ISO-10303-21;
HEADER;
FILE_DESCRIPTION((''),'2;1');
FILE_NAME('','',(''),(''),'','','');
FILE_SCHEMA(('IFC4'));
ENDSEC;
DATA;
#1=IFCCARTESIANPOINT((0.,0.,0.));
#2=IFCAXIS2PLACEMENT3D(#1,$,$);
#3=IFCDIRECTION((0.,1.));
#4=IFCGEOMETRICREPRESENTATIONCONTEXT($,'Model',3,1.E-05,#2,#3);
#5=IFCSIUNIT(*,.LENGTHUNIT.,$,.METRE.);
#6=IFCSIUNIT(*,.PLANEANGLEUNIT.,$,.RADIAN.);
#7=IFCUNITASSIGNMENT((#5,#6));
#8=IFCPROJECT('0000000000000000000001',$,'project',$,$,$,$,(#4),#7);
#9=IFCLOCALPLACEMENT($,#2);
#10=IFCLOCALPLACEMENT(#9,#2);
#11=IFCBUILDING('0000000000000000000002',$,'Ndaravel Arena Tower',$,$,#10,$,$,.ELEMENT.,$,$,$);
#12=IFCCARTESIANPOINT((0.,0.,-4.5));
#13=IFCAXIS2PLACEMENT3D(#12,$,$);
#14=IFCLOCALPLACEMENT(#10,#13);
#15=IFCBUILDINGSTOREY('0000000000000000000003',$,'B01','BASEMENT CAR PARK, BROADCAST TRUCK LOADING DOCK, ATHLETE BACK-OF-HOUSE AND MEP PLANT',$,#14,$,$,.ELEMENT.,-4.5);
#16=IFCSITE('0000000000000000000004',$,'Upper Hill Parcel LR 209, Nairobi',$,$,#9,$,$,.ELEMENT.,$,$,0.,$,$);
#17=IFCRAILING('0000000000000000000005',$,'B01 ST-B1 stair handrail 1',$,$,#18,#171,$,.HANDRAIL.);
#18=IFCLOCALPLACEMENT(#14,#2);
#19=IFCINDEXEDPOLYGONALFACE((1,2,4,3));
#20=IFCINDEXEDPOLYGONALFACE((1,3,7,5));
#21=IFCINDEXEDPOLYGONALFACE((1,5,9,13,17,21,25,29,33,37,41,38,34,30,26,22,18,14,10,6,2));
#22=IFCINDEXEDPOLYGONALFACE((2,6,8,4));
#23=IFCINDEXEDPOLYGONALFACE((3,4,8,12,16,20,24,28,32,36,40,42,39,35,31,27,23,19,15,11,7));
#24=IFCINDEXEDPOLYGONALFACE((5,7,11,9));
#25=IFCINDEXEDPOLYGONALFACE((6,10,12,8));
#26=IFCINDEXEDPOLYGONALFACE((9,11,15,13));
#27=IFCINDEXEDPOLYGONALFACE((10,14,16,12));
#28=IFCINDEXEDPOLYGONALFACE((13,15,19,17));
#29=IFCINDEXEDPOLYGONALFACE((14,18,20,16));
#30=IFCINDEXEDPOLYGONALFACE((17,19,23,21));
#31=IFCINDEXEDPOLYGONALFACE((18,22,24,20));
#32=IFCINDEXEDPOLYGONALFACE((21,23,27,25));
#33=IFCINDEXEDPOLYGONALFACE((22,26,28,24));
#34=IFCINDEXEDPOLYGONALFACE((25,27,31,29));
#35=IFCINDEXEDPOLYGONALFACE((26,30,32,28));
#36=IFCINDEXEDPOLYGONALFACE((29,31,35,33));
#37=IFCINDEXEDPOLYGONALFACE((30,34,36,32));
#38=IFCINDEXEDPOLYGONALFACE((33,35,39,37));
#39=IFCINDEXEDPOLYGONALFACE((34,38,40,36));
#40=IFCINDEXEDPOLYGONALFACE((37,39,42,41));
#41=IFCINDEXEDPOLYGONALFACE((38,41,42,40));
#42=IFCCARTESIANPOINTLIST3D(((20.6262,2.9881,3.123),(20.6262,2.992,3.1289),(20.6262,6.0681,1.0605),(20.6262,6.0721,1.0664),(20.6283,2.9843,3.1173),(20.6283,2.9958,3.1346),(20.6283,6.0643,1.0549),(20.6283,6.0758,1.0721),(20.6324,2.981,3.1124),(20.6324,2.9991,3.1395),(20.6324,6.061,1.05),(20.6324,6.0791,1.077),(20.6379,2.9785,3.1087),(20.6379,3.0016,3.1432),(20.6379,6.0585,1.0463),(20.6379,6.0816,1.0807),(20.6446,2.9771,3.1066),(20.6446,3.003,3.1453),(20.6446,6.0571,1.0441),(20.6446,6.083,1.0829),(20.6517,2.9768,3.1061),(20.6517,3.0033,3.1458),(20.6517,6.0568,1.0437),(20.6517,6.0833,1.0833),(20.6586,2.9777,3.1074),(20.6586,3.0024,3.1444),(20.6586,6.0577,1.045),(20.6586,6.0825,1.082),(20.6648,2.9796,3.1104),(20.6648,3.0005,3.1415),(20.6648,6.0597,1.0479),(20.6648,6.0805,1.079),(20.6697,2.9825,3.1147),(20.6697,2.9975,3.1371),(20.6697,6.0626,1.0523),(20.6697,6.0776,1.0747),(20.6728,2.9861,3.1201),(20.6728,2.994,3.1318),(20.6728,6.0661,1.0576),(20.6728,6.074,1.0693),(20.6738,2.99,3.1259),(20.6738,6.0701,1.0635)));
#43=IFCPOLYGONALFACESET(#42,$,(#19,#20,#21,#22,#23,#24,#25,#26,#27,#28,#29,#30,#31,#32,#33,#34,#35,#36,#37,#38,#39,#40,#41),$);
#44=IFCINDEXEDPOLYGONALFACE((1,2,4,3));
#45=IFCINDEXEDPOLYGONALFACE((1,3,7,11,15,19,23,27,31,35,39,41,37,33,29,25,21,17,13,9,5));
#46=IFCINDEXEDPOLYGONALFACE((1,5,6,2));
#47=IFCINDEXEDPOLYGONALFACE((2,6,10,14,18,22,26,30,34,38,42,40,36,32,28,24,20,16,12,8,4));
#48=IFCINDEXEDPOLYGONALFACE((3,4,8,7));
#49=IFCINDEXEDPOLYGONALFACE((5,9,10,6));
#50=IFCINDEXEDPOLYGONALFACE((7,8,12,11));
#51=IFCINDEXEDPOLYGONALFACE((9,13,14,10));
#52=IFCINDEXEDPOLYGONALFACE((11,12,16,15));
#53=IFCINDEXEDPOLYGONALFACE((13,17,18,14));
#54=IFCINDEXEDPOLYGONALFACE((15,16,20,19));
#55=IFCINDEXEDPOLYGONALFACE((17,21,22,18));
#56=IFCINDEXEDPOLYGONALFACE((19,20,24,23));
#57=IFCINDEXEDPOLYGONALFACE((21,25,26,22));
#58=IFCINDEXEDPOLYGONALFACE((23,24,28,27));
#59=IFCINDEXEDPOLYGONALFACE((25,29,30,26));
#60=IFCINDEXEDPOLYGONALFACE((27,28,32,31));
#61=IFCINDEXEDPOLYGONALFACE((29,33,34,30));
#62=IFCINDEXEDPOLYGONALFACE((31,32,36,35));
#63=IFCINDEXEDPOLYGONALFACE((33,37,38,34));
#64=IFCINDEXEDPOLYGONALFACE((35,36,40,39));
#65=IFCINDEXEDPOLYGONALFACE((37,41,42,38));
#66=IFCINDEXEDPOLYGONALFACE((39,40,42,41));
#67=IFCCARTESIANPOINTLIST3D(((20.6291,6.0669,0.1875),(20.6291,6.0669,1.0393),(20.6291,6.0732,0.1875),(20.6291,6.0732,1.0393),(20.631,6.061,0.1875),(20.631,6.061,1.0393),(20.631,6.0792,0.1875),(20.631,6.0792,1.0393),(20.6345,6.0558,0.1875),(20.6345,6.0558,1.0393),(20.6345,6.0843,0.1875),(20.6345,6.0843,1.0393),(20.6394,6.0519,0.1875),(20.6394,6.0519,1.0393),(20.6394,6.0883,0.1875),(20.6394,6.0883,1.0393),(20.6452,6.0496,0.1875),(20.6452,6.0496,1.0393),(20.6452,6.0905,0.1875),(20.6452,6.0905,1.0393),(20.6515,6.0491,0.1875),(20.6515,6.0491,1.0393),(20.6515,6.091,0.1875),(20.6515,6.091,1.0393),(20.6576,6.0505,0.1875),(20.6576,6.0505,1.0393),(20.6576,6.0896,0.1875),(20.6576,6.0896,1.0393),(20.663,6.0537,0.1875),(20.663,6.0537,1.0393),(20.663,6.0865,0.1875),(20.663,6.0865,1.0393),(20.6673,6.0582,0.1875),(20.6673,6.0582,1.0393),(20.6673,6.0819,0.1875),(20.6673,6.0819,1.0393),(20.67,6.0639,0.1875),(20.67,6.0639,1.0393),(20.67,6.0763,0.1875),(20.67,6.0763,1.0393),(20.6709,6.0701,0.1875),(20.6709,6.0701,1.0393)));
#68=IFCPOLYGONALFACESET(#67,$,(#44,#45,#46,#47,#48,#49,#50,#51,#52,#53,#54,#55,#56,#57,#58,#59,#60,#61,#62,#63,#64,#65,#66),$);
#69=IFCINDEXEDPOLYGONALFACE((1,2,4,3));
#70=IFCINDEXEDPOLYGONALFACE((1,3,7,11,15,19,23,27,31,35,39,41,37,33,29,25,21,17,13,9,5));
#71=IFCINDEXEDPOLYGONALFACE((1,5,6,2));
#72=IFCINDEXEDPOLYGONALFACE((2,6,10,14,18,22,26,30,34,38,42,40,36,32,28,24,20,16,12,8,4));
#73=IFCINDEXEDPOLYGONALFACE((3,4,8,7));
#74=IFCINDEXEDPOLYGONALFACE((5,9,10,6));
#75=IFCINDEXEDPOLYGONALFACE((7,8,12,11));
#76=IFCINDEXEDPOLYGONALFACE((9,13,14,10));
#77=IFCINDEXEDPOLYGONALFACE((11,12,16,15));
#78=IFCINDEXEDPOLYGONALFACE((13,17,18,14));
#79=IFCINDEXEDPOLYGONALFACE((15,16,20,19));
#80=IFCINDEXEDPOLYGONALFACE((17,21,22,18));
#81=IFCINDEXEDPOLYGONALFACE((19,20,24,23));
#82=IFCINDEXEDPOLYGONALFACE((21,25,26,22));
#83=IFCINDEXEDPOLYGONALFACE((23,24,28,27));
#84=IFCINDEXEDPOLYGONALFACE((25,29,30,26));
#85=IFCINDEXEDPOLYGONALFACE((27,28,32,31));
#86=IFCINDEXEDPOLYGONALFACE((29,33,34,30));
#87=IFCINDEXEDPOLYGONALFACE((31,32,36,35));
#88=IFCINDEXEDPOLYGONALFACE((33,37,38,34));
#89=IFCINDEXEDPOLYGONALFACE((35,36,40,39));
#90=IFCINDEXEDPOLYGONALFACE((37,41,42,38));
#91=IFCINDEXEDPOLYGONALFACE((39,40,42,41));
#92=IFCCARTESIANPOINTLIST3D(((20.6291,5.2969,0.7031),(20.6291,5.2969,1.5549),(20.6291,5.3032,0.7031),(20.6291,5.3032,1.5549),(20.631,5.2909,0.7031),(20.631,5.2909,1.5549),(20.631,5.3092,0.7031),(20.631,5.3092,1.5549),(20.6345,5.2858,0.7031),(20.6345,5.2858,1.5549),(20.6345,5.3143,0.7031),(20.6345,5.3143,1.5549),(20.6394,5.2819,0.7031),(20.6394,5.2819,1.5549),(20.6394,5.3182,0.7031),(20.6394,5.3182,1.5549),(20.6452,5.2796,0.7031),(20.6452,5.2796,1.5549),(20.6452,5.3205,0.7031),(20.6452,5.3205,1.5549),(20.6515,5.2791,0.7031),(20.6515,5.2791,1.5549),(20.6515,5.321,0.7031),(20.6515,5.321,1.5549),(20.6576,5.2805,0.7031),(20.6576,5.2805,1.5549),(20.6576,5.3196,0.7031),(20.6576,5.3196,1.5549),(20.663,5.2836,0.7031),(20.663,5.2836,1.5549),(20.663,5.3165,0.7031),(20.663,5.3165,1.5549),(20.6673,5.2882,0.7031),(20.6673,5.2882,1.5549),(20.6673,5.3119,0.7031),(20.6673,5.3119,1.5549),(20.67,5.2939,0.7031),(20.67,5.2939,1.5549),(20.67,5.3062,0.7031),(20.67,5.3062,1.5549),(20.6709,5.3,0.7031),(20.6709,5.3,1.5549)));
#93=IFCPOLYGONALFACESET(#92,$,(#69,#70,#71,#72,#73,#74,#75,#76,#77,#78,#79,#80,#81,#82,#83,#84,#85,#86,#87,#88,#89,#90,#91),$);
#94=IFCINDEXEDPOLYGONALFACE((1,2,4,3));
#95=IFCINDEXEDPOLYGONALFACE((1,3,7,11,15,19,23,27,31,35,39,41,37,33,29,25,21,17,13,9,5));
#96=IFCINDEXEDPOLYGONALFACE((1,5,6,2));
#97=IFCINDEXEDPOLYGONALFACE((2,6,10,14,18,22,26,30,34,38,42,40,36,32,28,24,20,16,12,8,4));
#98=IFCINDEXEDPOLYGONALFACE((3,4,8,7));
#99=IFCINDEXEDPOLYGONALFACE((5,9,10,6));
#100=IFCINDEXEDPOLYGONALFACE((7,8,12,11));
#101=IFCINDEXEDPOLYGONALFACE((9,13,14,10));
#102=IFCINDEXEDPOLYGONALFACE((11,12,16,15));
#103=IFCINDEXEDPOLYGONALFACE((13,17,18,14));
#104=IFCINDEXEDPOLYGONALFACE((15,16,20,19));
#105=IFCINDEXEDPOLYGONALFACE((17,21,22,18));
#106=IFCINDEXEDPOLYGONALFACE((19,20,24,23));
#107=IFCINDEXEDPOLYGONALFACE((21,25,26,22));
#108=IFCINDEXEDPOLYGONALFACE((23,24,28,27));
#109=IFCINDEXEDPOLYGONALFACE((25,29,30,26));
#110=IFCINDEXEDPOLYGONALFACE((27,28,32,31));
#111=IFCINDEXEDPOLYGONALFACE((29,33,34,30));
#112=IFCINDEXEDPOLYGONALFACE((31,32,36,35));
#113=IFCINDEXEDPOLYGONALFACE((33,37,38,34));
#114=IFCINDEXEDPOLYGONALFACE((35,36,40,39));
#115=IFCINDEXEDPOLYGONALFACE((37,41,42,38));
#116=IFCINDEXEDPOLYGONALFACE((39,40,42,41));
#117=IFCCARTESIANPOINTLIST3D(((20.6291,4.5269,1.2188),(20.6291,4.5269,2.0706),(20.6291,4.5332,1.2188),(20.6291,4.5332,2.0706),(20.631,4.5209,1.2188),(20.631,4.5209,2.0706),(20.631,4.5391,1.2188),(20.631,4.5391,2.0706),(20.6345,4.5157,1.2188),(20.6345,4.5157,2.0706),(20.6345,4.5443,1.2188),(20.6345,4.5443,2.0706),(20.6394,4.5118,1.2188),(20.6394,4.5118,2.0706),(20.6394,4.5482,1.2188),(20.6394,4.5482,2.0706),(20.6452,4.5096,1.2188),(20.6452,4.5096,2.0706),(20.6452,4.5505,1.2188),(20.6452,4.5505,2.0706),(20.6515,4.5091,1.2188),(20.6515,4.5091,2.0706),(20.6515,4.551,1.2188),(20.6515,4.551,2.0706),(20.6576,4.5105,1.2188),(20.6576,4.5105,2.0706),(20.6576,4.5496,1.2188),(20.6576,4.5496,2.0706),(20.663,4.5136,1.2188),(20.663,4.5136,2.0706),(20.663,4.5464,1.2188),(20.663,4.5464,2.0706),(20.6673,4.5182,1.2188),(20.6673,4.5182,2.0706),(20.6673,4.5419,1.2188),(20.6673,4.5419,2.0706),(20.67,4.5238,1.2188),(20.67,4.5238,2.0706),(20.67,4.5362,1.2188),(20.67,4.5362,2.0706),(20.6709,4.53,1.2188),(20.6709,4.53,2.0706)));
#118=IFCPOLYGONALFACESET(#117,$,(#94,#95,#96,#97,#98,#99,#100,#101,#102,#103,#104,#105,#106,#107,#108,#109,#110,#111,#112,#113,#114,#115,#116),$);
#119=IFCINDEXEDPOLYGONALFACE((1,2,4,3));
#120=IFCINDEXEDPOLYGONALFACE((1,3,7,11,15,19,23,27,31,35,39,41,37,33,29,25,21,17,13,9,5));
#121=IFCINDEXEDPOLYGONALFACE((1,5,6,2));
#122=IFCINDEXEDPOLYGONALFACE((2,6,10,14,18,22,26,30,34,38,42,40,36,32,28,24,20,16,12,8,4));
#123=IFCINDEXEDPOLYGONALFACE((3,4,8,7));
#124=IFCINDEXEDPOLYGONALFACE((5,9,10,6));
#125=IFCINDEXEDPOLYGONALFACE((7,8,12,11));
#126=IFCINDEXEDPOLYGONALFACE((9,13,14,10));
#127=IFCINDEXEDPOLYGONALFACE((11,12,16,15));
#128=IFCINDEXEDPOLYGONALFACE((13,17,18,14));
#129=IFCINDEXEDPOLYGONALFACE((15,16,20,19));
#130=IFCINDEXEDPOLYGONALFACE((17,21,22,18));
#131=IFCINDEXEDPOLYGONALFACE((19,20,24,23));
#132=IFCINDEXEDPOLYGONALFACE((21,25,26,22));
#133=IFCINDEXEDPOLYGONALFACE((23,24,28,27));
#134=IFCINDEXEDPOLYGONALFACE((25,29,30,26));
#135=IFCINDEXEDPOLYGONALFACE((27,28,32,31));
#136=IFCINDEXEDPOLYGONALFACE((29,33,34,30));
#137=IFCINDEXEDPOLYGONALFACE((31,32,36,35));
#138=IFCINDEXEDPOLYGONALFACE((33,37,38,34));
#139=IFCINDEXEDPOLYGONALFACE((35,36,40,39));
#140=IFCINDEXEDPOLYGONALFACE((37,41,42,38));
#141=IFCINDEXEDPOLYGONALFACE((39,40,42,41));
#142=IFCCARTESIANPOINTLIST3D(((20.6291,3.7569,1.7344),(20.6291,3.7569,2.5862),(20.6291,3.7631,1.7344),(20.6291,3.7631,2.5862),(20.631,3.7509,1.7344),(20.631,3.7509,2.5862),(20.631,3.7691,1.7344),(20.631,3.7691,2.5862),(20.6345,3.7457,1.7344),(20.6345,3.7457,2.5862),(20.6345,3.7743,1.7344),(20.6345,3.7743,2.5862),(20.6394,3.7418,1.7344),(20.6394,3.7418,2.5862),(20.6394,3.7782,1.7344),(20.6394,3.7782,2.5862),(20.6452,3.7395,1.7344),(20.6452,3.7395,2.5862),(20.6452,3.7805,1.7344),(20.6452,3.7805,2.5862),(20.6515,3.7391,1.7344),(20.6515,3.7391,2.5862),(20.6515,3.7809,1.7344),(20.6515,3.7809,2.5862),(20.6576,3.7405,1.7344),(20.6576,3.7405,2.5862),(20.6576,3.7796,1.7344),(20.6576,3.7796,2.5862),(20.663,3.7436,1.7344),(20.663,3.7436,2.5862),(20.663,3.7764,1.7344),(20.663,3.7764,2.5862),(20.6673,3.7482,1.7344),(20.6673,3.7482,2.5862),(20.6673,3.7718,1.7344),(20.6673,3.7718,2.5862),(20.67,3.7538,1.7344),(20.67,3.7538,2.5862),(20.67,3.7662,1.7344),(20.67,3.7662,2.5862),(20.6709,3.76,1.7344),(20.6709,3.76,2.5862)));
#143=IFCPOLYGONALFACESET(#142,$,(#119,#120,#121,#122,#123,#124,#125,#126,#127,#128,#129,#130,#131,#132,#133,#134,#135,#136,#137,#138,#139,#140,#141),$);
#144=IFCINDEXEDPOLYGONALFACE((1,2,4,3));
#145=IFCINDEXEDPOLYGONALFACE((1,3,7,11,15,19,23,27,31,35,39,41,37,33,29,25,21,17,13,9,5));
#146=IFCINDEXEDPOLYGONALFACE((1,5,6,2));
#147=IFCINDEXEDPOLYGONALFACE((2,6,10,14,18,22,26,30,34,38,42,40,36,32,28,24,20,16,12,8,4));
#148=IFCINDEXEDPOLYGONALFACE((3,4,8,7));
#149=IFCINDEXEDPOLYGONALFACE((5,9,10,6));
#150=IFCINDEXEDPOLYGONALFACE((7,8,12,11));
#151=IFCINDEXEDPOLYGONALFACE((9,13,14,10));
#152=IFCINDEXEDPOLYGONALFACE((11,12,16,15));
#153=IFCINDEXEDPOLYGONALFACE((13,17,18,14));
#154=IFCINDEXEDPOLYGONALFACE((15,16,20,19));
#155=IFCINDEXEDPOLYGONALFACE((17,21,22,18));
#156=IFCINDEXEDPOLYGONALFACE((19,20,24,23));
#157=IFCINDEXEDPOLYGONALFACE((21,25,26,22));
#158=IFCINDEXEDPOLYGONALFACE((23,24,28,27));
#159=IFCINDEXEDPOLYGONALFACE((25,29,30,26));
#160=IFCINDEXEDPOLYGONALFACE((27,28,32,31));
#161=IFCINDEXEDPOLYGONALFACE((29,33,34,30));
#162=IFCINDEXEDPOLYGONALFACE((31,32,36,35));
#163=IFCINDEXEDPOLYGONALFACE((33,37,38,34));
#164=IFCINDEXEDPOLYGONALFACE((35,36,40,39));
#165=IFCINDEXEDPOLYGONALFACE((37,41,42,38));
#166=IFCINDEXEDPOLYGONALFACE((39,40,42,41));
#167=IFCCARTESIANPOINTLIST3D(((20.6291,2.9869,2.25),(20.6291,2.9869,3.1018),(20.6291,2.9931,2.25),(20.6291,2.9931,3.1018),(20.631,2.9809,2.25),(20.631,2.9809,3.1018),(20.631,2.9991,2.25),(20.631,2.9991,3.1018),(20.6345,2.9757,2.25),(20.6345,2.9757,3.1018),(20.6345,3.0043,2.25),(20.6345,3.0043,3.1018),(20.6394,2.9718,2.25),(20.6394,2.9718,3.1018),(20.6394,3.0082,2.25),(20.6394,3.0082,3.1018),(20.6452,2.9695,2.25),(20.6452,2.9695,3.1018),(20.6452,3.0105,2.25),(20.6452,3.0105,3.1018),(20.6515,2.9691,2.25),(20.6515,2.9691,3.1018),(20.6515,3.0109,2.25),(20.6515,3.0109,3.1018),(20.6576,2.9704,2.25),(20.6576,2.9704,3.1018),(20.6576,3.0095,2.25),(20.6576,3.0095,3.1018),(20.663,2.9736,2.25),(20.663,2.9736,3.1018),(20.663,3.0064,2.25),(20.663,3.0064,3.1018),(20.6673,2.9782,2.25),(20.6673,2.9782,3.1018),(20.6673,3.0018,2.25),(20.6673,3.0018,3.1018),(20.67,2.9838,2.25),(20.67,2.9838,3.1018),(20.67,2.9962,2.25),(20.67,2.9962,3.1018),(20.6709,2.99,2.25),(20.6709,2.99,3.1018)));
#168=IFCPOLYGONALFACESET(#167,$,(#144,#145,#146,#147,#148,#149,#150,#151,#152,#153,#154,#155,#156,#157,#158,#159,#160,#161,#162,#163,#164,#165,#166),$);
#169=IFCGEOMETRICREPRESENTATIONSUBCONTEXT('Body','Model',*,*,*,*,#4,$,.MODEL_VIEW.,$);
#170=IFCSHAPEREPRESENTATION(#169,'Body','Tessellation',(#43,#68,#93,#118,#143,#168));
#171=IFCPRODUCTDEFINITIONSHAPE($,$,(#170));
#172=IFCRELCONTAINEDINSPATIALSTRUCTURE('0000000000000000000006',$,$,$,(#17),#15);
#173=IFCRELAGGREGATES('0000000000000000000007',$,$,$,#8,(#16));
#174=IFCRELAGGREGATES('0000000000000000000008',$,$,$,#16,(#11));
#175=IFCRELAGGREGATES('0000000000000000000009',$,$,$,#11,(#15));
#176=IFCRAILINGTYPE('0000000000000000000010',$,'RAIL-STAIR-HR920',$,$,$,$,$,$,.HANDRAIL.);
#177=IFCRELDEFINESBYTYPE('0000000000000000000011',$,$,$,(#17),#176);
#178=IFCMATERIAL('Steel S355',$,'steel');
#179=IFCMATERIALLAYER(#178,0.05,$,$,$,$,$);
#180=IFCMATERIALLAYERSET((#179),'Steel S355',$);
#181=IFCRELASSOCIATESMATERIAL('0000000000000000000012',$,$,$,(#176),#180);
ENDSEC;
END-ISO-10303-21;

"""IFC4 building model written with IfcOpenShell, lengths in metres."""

from ifc_helpers import new_model, si_unit, direction, frame, origin, origin_2d, place, context, subcontext, project, spatial, circle, extrude, material, layer, layer_set, type_object, element, save


model = new_model("IFC4")

# Units and contexts
model_context = context("Model", 3, precision=1e-05, world=origin(), true_north=direction((0.0, 1.0)))
body_context = subcontext(model_context, "Body", "Model", "MODEL_VIEW")
ifc_project = project(units=[si_unit("LENGTHUNIT", "METRE"), si_unit("PLANEANGLEUNIT", "RADIAN")], contexts=[model_context])

# Site, building, storey
site_placement = place(None, origin())
site = spatial("IfcSite", under=ifc_project, at=site_placement, Name="Upper Hill Parcel LR 209, Nairobi", CompositionType="ELEMENT", RefElevation=0.0)
building_placement = place(site_placement, origin())
building = spatial("IfcBuilding", under=site, at=building_placement, Name="Ndaravel Arena Tower", CompositionType="ELEMENT")
storey_placement = place(building_placement, frame((0.0, 0.0, -4.5)))
storey = spatial("IfcBuildingStorey", under=building, at=storey_placement, Name="B01", Description="BASEMENT CAR PARK, BROADCAST TRUCK LOADING DOCK, ATHLETE BACK-OF-HOUSE AND MEP PLANT", CompositionType="ELEMENT", Elevation=-4.5)

# Railing
ifc_material_1 = material(Name="Steel S355", Category="steel")
ifc_layer_1 = layer(ifc_material_1, 0.05)
ifc_layer_set_1 = layer_set([ifc_layer_1], Name="Steel S355")
railing_type_1 = type_object("IfcRailingType", Name="RAIL-STAIR-HR920", PredefinedType="HANDRAIL", material=ifc_layer_set_1)
railing_1_placement = place(storey_placement, frame((20.6499, 6.0701, 0.1875)))
element("IfcRailing", 1, at=railing_1_placement, inside=storey, type_object=railing_type_1, Name="B01 ST-B1 stair handrail 1", PredefinedType="HANDRAIL", context=body_context, shape_type="SweptSolid", body=[
    extrude(circle(Radius=0.0239, at=origin_2d()), frame((0.0, 0.0, 0.876), z_axis=(0.0, -0.830914, 0.556401), x_axis=(1.0, 0.0, 0.0)), (0.0, 0.0, 1.0), 3.7068),
    extrude(circle(Radius=0.021, at=origin_2d()), origin(), (0.0, 0.0, 1.0), 0.8518),
    extrude(circle(Radius=0.021, at=origin_2d()), frame((0.0, -0.77, 0.5156)), (0.0, 0.0, 1.0), 0.8518),
    extrude(circle(Radius=0.021, at=origin_2d()), frame((0.0, -1.54, 1.0312)), (0.0, 0.0, 1.0), 0.8518),
    extrude(circle(Radius=0.021, at=origin_2d()), frame((0.0, -2.3101, 1.5469)), (0.0, 0.0, 1.0), 0.8518),
    extrude(circle(Radius=0.021, at=origin_2d()), frame((0.0, -3.0801, 2.0625)), (0.0, 0.0, 1.0), 0.8518),
])

save(model, "model.ifc")
